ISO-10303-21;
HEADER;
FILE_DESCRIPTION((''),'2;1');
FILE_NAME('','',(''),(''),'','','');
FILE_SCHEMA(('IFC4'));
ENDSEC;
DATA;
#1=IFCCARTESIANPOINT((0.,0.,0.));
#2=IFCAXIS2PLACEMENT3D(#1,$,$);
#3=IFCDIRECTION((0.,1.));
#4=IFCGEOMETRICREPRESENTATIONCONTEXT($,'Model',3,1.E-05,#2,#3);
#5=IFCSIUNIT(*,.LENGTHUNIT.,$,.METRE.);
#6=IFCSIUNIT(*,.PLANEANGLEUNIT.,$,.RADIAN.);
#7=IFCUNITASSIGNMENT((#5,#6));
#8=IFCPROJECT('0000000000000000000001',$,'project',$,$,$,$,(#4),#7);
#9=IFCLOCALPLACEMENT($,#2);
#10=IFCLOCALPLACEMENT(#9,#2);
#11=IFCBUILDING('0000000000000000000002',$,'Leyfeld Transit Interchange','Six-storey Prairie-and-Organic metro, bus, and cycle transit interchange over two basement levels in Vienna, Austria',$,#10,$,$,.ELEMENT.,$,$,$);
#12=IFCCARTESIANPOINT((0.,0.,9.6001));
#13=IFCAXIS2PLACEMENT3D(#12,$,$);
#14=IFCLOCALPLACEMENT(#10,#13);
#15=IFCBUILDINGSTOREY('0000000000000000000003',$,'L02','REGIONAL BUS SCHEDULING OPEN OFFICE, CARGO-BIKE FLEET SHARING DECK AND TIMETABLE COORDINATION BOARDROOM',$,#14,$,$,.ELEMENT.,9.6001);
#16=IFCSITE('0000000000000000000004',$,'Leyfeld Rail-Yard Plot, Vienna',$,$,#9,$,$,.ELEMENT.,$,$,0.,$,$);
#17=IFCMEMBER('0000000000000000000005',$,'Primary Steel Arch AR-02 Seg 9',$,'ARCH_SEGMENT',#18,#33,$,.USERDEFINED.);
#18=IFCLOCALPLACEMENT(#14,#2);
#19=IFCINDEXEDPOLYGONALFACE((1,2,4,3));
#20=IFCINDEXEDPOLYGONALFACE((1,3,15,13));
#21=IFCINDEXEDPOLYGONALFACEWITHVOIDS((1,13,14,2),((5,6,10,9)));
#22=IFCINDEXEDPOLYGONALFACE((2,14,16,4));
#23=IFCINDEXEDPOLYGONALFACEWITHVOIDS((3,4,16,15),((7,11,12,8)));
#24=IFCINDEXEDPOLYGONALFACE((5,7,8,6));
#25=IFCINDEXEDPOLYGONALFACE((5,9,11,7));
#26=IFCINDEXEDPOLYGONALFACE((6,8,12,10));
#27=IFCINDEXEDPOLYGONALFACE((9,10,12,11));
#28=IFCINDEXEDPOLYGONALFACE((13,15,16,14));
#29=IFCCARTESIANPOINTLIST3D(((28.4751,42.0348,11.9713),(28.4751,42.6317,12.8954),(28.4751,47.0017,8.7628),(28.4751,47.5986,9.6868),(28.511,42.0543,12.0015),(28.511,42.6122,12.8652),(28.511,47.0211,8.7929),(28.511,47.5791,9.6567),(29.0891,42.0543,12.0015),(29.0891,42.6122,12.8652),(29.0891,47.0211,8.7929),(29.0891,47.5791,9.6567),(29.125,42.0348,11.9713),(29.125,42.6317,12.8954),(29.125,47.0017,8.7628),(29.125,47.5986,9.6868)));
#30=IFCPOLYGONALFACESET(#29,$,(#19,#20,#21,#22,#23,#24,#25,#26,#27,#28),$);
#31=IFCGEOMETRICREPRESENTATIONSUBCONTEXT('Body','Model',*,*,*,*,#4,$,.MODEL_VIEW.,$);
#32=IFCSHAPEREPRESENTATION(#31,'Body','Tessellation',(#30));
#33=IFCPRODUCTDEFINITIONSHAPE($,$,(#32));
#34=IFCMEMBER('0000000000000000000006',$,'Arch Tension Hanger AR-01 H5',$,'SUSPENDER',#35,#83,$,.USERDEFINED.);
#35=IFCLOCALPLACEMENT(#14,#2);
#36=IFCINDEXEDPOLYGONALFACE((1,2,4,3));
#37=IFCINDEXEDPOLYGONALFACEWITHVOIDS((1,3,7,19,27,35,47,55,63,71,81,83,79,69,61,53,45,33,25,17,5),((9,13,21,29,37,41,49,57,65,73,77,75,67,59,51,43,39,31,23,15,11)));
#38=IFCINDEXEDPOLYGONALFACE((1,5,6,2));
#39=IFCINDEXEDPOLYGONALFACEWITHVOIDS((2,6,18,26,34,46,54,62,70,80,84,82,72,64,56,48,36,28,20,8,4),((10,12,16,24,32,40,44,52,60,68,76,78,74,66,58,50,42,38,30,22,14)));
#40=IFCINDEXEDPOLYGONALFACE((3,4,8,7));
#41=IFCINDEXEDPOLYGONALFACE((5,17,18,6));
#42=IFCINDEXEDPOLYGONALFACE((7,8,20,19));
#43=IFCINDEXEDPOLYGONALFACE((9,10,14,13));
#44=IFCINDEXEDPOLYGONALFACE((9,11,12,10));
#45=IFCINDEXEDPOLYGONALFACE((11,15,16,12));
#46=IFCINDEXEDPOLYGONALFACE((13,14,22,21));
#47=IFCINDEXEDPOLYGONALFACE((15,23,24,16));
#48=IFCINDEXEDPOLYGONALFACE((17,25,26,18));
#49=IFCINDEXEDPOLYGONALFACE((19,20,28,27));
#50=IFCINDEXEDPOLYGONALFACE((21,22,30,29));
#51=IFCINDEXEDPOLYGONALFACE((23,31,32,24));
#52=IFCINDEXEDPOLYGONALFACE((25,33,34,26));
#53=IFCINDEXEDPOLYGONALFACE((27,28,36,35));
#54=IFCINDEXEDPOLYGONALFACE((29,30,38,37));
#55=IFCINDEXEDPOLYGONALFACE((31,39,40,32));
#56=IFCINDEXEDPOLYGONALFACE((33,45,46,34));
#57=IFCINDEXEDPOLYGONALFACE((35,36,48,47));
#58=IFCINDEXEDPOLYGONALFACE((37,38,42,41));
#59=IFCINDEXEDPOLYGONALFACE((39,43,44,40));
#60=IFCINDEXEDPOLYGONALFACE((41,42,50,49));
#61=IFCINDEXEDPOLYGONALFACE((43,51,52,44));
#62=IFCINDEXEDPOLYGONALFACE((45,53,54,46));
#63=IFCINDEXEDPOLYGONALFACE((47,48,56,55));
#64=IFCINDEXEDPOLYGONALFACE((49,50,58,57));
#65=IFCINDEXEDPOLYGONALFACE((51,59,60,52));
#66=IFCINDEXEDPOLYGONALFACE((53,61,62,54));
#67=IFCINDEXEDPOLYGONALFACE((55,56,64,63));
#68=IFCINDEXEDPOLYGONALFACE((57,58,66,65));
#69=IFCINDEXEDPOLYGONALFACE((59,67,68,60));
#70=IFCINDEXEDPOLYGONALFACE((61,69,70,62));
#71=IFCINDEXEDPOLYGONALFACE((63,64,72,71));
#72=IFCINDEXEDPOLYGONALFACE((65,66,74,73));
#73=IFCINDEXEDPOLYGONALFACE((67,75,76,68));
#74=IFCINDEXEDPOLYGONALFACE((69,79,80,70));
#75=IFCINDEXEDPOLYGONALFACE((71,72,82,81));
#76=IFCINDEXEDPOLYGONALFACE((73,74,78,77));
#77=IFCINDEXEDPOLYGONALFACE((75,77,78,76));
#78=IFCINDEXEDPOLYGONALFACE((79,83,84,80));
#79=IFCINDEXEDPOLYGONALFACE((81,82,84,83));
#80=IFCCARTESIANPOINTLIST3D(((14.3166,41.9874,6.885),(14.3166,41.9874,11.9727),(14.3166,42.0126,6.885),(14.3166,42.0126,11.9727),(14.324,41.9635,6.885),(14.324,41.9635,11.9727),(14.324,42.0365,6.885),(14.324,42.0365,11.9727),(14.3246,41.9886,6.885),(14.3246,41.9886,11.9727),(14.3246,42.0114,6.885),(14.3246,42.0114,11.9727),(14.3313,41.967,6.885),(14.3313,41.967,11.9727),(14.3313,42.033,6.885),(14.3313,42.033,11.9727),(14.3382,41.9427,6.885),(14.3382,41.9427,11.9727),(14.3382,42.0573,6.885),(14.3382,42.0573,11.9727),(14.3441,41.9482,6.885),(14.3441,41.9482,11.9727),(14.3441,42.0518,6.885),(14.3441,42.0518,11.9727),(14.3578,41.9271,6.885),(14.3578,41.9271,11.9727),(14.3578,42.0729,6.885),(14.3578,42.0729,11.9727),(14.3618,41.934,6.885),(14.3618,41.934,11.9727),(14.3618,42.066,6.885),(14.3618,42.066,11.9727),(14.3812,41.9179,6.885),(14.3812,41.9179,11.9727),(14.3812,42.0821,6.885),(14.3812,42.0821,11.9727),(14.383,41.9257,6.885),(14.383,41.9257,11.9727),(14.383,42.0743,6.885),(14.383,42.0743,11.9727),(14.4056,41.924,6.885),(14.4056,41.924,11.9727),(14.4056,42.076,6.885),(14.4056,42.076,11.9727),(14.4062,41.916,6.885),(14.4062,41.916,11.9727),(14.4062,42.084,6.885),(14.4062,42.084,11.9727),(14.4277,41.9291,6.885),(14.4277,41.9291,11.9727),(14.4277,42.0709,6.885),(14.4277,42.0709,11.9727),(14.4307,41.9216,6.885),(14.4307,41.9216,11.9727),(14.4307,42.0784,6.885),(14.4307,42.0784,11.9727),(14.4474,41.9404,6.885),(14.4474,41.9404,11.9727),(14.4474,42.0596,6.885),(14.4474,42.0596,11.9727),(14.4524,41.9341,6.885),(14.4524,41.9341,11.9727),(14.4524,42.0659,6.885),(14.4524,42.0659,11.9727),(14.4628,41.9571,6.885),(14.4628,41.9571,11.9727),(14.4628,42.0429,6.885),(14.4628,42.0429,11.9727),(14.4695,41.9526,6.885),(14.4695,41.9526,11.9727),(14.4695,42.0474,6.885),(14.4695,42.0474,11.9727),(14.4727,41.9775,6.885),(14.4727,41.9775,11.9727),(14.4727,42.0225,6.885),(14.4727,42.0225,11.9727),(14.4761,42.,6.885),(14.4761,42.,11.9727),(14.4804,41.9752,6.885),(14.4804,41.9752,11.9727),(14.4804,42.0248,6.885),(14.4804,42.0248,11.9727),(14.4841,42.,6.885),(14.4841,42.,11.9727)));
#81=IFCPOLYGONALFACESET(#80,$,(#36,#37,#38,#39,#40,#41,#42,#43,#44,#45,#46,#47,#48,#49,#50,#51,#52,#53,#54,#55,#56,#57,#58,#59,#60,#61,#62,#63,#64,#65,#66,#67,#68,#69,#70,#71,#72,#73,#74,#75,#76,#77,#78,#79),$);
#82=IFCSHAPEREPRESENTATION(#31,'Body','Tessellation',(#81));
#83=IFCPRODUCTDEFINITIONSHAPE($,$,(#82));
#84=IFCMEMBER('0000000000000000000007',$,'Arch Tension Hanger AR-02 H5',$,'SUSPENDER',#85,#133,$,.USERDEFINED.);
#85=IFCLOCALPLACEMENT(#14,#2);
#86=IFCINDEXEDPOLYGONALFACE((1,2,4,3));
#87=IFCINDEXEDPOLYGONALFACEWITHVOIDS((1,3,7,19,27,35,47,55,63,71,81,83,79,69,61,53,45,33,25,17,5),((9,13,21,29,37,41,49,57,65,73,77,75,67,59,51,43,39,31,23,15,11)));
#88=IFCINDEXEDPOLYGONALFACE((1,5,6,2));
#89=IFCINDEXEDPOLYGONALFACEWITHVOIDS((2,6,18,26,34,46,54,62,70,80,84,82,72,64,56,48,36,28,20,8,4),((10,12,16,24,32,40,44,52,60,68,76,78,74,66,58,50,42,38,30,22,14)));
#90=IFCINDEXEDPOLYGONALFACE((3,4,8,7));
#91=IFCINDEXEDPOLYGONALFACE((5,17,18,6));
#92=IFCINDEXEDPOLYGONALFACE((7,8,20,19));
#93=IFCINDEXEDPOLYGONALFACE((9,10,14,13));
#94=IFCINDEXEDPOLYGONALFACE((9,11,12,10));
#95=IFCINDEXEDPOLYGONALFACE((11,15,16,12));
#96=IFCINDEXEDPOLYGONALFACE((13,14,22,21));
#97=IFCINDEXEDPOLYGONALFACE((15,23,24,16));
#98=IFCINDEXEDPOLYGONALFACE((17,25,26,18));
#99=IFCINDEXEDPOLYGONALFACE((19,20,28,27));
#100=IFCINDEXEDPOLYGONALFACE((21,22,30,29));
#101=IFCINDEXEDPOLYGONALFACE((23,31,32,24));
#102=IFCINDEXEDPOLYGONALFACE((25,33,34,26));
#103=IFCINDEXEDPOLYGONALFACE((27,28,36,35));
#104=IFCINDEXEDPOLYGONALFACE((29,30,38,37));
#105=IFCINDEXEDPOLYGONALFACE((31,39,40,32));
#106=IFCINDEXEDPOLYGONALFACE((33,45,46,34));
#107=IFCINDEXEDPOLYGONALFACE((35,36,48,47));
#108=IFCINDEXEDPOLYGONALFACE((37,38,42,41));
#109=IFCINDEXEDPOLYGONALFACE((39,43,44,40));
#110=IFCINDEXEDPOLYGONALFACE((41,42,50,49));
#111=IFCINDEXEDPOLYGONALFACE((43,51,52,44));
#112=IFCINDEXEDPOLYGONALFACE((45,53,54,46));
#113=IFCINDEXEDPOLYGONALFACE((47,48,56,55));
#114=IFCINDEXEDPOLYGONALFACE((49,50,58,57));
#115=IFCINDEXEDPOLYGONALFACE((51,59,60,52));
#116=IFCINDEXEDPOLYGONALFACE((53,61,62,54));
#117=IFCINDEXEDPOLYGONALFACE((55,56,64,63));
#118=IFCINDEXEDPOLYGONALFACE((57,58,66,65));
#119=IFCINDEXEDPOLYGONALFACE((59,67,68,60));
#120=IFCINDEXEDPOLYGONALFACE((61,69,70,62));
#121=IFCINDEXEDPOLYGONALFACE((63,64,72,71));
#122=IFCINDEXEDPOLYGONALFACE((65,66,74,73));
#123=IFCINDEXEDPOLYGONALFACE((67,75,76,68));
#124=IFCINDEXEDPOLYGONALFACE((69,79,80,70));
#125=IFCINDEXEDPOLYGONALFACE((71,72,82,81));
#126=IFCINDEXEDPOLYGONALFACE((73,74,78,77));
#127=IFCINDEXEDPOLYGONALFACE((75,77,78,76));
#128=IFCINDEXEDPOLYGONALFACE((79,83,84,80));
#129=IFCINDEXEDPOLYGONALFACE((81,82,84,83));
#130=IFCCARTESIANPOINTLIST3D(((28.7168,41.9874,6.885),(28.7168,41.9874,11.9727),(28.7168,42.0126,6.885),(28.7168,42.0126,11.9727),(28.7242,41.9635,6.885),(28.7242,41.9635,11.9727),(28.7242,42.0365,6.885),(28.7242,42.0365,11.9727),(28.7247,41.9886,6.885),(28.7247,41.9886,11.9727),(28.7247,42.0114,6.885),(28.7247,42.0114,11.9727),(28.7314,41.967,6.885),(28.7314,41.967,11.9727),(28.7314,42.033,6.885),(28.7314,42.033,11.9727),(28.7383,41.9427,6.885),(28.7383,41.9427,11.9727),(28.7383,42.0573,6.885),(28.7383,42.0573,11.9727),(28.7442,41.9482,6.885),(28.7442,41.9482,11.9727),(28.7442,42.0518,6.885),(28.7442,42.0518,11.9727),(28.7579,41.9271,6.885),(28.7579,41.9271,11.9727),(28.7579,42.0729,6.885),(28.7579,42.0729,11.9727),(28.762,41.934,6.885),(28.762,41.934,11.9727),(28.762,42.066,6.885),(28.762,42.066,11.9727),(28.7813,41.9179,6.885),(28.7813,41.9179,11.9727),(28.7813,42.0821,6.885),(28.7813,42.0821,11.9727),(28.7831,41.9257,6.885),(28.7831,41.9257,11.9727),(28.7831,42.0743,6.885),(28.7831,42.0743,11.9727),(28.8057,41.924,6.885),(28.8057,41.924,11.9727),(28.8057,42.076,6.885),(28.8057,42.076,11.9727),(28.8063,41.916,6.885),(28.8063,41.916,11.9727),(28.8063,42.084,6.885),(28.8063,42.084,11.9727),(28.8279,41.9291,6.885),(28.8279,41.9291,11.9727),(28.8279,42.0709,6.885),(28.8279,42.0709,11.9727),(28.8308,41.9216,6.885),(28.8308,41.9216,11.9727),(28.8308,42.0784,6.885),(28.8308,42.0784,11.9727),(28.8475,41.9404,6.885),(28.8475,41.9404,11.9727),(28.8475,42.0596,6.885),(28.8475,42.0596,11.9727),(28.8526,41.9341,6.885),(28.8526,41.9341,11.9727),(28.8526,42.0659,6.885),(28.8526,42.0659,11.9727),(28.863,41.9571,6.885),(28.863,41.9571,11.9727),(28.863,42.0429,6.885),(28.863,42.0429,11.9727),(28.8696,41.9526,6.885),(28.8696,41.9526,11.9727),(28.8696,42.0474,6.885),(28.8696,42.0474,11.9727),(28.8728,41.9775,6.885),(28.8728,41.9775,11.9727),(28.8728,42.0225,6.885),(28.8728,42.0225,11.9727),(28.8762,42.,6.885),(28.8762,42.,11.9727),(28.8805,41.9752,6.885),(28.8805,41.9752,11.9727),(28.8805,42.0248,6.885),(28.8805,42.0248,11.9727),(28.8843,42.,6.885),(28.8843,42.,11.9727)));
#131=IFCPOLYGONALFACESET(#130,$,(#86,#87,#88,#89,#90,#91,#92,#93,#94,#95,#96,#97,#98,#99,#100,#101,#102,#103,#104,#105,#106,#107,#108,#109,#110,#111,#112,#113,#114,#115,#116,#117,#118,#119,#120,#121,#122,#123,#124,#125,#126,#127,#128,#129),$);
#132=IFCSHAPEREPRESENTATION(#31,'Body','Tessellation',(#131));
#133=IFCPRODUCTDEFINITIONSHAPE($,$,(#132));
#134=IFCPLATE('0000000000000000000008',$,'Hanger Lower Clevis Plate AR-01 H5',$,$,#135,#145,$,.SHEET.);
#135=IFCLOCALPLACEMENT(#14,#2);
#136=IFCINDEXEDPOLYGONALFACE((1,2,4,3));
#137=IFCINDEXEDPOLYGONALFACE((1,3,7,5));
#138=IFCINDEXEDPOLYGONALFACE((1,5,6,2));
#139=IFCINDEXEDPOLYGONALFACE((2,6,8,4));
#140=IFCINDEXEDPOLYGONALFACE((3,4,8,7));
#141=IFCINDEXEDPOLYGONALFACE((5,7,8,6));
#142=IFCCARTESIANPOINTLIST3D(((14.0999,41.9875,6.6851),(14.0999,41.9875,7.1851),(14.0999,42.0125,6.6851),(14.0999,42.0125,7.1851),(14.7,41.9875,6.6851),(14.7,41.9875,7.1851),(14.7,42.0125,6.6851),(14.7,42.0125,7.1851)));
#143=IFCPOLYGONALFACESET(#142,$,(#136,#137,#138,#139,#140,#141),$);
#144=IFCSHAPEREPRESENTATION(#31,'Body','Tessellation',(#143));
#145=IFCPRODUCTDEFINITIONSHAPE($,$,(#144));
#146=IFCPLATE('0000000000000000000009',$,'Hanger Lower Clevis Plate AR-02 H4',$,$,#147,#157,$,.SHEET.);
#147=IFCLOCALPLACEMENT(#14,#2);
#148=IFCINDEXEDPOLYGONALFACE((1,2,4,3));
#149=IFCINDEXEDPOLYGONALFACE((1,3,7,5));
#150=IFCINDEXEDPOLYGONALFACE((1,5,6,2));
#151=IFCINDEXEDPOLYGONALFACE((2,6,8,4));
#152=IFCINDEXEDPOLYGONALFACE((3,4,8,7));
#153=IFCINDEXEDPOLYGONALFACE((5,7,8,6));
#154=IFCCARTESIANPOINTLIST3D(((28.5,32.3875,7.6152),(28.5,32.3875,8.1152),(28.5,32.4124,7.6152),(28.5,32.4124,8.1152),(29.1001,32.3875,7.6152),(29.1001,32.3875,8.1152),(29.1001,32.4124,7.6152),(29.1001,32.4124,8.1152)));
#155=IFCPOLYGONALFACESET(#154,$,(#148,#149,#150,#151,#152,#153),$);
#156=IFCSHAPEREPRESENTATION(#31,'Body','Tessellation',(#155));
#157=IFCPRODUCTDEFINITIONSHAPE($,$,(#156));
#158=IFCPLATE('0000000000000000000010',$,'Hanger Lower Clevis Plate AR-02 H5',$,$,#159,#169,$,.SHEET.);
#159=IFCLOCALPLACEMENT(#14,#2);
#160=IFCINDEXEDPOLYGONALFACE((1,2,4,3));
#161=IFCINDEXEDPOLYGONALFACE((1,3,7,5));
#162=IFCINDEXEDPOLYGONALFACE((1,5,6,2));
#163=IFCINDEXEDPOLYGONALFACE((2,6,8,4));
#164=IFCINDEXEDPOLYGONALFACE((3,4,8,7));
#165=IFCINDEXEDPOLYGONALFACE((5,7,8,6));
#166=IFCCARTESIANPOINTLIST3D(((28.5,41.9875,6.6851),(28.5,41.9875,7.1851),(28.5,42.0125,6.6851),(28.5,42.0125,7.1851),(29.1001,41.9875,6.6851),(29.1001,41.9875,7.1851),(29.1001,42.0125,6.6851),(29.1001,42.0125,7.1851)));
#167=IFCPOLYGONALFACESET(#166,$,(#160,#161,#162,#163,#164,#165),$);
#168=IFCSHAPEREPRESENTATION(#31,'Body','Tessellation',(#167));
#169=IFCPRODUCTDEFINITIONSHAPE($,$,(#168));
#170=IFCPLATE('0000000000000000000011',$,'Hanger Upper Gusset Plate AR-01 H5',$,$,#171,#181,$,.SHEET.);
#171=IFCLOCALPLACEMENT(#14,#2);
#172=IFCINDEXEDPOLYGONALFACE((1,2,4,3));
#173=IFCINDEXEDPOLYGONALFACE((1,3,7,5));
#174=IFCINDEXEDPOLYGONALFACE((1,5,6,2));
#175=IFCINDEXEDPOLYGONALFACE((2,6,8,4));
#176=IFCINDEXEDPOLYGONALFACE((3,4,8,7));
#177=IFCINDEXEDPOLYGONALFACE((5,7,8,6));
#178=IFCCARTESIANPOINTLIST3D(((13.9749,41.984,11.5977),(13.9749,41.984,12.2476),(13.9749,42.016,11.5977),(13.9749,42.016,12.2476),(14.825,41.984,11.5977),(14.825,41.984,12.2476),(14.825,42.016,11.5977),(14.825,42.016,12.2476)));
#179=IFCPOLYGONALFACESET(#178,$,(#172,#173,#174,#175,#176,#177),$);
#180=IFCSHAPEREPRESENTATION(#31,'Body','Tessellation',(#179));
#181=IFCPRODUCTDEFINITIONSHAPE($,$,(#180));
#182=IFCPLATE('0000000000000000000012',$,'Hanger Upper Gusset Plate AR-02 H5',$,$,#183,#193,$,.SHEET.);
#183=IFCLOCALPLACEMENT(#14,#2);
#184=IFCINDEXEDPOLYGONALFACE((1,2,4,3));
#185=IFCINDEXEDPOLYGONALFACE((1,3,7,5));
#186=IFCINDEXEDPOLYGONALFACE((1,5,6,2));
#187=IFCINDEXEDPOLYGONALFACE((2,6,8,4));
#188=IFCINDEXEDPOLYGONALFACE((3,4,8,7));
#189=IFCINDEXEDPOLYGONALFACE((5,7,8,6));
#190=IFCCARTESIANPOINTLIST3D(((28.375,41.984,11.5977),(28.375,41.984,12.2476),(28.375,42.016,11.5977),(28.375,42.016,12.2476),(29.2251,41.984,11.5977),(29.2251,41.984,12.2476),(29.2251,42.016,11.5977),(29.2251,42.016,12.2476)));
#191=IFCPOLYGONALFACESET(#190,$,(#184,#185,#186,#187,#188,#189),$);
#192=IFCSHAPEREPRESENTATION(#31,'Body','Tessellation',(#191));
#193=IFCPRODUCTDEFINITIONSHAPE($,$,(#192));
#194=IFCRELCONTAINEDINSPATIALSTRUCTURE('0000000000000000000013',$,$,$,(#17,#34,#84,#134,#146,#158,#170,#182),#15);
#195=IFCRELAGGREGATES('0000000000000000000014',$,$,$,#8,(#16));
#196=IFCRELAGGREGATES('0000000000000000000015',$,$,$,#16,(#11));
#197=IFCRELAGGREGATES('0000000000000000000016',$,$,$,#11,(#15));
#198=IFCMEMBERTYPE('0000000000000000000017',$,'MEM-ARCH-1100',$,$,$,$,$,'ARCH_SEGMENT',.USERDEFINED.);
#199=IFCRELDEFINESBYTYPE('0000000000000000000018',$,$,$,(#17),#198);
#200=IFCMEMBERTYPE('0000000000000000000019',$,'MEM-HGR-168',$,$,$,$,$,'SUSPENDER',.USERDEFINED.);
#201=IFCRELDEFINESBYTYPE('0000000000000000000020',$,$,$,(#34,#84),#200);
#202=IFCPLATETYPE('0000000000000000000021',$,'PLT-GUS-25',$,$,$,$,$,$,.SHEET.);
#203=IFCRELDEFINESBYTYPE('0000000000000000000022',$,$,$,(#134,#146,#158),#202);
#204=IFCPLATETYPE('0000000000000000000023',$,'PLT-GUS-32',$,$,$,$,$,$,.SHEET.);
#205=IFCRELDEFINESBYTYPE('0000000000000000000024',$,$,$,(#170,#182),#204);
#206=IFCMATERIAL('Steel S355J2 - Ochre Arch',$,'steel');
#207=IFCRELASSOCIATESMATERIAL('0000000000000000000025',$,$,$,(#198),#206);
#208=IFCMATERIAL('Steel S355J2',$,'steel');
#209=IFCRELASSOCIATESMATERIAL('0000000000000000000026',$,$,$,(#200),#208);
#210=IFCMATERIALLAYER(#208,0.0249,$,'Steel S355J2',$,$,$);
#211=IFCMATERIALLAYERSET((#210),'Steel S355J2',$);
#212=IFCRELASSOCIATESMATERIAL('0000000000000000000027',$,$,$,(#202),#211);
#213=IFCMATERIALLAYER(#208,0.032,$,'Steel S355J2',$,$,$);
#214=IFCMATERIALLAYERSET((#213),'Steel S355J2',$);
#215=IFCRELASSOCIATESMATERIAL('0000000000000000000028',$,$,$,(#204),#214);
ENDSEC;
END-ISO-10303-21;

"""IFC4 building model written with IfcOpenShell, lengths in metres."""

from ifc_helpers import new_model, si_unit, direction, frame, origin, origin_2d, place, context, subcontext, project, spatial, rectangle, hollow_rectangle, hollow_circle, extrude, material, layer, layer_set, material_profile, profile_set, type_object, element, save


model = new_model("IFC4")

# Units and contexts
model_context = context("Model", 3, precision=1e-05, world=origin(), true_north=direction((0.0, 1.0)))
body_context = subcontext(model_context, "Body", "Model", "MODEL_VIEW")
ifc_project = project(units=[si_unit("LENGTHUNIT", "METRE"), si_unit("PLANEANGLEUNIT", "RADIAN")], contexts=[model_context])

# Site, building, storey
site_placement = place(None, origin())
site = spatial("IfcSite", under=ifc_project, at=site_placement, Name="Leyfeld Rail-Yard Plot, Vienna", CompositionType="ELEMENT", RefElevation=0.0)
building_placement = place(site_placement, origin())
building = spatial("IfcBuilding", under=site, at=building_placement, Name="Leyfeld Transit Interchange", Description="Six-storey Prairie-and-Organic metro, bus, and cycle transit interchange over two basement levels in Vienna, Austria", CompositionType="ELEMENT")
storey_placement = place(building_placement, frame((0.0, 0.0, 9.6001)))
storey = spatial("IfcBuildingStorey", under=building, at=storey_placement, Name="L02", Description="REGIONAL BUS SCHEDULING OPEN OFFICE, CARGO-BIKE FLEET SHARING DECK AND TIMETABLE COORDINATION BOARDROOM", CompositionType="ELEMENT", Elevation=9.6001)

# Members
ifc_material_1 = material(Name="Steel S355J2 - Ochre Arch", Category="steel")
ifc_material_profile_1 = material_profile(ifc_material_1, hollow_rectangle(XDim=0.6499, YDim=1.1001, WallThickness=0.0359, at=origin_2d()), Name="RHS 1100x650x36")
ifc_profile_set_1 = profile_set([ifc_material_profile_1], Name="Steel S355J2 - Ochre Arch")
member_type_1 = type_object("IfcMemberType", Name="MEM-ARCH-1100", ElementType="ARCH_SEGMENT", PredefinedType="USERDEFINED", material=ifc_profile_set_1)
member_1_placement = place(storey_placement, frame((28.8, 42.3333, 12.4333), z_axis=(0.0, 0.83998, -0.542618), x_axis=(-1.0, 0.0, 0.0)))
element("IfcMember", 1, at=member_1_placement, inside=storey, type_object=member_type_1, Name="Primary Steel Arch AR-02 Seg 9", ObjectType="ARCH_SEGMENT", PredefinedType="USERDEFINED", context=body_context, shape_type="SweptSolid", body=[
    extrude(hollow_rectangle(XDim=0.6499, YDim=1.1001, WallThickness=0.0359, at=origin_2d()), origin(), (0.0, 0.0, 1.0), 5.9131),
])
ifc_material_2 = material(Name="Steel S355J2", Category="steel")
ifc_material_profile_2 = material_profile(ifc_material_2, hollow_circle(Radius=0.0842, WallThickness=0.0081, at=origin_2d()), Name="CHS 168.3x8")
ifc_profile_set_2 = profile_set([ifc_material_profile_2], Name="Steel S355J2")
member_type_2 = type_object("IfcMemberType", Name="MEM-HGR-168", ElementType="SUSPENDER", PredefinedType="USERDEFINED", material=ifc_profile_set_2)
for number, where, z_axis, x_axis, name in (
    (2, (14.3999, 42.0, 6.885), (0.0, 0.0, 1.0), (1.0, 0.0, 0.0), "Arch Tension Hanger AR-01 H5"),
    (3, (28.8, 42.0, 6.885), (0.0, 0.0, 1.0), (1.0, 0.0, 0.0), "Arch Tension Hanger AR-02 H5"),
):
    element("IfcMember", number, at=place(storey_placement, frame(where, z_axis=z_axis, x_axis=x_axis)), inside=storey, type_object=member_type_2, Name=name, ObjectType="SUSPENDER", PredefinedType="USERDEFINED", context=body_context, shape_type="SweptSolid", body=[
        extrude(hollow_circle(Radius=0.0842, WallThickness=0.0081, at=origin_2d()), origin(), (0.0, 0.0, 1.0), 5.0876),
    ])

# Plates
ifc_layer_1 = layer(ifc_material_2, 0.0249, Name="Steel S355J2")
ifc_layer_set_1 = layer_set([ifc_layer_1], Name="Steel S355J2")
plate_type_1 = type_object("IfcPlateType", Name="PLT-GUS-25", PredefinedType="SHEET", material=ifc_layer_set_1)
for number, where, z_axis, x_axis, name in (
    (4, (14.3999, 42.0, 6.6851), (0.0, 0.0, 1.0), (1.0, 0.0, 0.0), "Hanger Lower Clevis Plate AR-01 H5"),
    (5, (28.8, 32.3999, 7.6152), (0.0, 0.0, 1.0), (1.0, 0.0, 0.0), "Hanger Lower Clevis Plate AR-02 H4"),
    (6, (28.8, 42.0, 6.6851), (0.0, 0.0, 1.0), (1.0, 0.0, 0.0), "Hanger Lower Clevis Plate AR-02 H5"),
):
    element("IfcPlate", number, at=place(storey_placement, frame(where, z_axis=z_axis, x_axis=x_axis)), inside=storey, type_object=plate_type_1, Name=name, PredefinedType="SHEET", context=body_context, shape_type="SweptSolid", body=[
        extrude(rectangle(XDim=0.6001, YDim=0.0249, at=origin_2d()), origin(), (0.0, 0.0, 1.0), 0.5),
    ])
ifc_layer_2 = layer(ifc_material_2, 0.032, Name="Steel S355J2")
ifc_layer_set_2 = layer_set([ifc_layer_2], Name="Steel S355J2")
plate_type_2 = type_object("IfcPlateType", Name="PLT-GUS-32", PredefinedType="SHEET", material=ifc_layer_set_2)
for number, where, z_axis, x_axis, name in (
    (7, (14.3999, 42.0, 11.5977), (0.0, 0.0, 1.0), (1.0, 0.0, 0.0), "Hanger Upper Gusset Plate AR-01 H5"),
    (8, (28.8, 42.0, 11.5977), (0.0, 0.0, 1.0), (1.0, 0.0, 0.0), "Hanger Upper Gusset Plate AR-02 H5"),
):
    element("IfcPlate", number, at=place(storey_placement, frame(where, z_axis=z_axis, x_axis=x_axis)), inside=storey, type_object=plate_type_2, Name=name, PredefinedType="SHEET", context=body_context, shape_type="SweptSolid", body=[
        extrude(rectangle(XDim=0.8501, YDim=0.032, at=origin_2d()), origin(), (0.0, 0.0, 1.0), 0.6499),
    ])

save(model, "model.ifc")
